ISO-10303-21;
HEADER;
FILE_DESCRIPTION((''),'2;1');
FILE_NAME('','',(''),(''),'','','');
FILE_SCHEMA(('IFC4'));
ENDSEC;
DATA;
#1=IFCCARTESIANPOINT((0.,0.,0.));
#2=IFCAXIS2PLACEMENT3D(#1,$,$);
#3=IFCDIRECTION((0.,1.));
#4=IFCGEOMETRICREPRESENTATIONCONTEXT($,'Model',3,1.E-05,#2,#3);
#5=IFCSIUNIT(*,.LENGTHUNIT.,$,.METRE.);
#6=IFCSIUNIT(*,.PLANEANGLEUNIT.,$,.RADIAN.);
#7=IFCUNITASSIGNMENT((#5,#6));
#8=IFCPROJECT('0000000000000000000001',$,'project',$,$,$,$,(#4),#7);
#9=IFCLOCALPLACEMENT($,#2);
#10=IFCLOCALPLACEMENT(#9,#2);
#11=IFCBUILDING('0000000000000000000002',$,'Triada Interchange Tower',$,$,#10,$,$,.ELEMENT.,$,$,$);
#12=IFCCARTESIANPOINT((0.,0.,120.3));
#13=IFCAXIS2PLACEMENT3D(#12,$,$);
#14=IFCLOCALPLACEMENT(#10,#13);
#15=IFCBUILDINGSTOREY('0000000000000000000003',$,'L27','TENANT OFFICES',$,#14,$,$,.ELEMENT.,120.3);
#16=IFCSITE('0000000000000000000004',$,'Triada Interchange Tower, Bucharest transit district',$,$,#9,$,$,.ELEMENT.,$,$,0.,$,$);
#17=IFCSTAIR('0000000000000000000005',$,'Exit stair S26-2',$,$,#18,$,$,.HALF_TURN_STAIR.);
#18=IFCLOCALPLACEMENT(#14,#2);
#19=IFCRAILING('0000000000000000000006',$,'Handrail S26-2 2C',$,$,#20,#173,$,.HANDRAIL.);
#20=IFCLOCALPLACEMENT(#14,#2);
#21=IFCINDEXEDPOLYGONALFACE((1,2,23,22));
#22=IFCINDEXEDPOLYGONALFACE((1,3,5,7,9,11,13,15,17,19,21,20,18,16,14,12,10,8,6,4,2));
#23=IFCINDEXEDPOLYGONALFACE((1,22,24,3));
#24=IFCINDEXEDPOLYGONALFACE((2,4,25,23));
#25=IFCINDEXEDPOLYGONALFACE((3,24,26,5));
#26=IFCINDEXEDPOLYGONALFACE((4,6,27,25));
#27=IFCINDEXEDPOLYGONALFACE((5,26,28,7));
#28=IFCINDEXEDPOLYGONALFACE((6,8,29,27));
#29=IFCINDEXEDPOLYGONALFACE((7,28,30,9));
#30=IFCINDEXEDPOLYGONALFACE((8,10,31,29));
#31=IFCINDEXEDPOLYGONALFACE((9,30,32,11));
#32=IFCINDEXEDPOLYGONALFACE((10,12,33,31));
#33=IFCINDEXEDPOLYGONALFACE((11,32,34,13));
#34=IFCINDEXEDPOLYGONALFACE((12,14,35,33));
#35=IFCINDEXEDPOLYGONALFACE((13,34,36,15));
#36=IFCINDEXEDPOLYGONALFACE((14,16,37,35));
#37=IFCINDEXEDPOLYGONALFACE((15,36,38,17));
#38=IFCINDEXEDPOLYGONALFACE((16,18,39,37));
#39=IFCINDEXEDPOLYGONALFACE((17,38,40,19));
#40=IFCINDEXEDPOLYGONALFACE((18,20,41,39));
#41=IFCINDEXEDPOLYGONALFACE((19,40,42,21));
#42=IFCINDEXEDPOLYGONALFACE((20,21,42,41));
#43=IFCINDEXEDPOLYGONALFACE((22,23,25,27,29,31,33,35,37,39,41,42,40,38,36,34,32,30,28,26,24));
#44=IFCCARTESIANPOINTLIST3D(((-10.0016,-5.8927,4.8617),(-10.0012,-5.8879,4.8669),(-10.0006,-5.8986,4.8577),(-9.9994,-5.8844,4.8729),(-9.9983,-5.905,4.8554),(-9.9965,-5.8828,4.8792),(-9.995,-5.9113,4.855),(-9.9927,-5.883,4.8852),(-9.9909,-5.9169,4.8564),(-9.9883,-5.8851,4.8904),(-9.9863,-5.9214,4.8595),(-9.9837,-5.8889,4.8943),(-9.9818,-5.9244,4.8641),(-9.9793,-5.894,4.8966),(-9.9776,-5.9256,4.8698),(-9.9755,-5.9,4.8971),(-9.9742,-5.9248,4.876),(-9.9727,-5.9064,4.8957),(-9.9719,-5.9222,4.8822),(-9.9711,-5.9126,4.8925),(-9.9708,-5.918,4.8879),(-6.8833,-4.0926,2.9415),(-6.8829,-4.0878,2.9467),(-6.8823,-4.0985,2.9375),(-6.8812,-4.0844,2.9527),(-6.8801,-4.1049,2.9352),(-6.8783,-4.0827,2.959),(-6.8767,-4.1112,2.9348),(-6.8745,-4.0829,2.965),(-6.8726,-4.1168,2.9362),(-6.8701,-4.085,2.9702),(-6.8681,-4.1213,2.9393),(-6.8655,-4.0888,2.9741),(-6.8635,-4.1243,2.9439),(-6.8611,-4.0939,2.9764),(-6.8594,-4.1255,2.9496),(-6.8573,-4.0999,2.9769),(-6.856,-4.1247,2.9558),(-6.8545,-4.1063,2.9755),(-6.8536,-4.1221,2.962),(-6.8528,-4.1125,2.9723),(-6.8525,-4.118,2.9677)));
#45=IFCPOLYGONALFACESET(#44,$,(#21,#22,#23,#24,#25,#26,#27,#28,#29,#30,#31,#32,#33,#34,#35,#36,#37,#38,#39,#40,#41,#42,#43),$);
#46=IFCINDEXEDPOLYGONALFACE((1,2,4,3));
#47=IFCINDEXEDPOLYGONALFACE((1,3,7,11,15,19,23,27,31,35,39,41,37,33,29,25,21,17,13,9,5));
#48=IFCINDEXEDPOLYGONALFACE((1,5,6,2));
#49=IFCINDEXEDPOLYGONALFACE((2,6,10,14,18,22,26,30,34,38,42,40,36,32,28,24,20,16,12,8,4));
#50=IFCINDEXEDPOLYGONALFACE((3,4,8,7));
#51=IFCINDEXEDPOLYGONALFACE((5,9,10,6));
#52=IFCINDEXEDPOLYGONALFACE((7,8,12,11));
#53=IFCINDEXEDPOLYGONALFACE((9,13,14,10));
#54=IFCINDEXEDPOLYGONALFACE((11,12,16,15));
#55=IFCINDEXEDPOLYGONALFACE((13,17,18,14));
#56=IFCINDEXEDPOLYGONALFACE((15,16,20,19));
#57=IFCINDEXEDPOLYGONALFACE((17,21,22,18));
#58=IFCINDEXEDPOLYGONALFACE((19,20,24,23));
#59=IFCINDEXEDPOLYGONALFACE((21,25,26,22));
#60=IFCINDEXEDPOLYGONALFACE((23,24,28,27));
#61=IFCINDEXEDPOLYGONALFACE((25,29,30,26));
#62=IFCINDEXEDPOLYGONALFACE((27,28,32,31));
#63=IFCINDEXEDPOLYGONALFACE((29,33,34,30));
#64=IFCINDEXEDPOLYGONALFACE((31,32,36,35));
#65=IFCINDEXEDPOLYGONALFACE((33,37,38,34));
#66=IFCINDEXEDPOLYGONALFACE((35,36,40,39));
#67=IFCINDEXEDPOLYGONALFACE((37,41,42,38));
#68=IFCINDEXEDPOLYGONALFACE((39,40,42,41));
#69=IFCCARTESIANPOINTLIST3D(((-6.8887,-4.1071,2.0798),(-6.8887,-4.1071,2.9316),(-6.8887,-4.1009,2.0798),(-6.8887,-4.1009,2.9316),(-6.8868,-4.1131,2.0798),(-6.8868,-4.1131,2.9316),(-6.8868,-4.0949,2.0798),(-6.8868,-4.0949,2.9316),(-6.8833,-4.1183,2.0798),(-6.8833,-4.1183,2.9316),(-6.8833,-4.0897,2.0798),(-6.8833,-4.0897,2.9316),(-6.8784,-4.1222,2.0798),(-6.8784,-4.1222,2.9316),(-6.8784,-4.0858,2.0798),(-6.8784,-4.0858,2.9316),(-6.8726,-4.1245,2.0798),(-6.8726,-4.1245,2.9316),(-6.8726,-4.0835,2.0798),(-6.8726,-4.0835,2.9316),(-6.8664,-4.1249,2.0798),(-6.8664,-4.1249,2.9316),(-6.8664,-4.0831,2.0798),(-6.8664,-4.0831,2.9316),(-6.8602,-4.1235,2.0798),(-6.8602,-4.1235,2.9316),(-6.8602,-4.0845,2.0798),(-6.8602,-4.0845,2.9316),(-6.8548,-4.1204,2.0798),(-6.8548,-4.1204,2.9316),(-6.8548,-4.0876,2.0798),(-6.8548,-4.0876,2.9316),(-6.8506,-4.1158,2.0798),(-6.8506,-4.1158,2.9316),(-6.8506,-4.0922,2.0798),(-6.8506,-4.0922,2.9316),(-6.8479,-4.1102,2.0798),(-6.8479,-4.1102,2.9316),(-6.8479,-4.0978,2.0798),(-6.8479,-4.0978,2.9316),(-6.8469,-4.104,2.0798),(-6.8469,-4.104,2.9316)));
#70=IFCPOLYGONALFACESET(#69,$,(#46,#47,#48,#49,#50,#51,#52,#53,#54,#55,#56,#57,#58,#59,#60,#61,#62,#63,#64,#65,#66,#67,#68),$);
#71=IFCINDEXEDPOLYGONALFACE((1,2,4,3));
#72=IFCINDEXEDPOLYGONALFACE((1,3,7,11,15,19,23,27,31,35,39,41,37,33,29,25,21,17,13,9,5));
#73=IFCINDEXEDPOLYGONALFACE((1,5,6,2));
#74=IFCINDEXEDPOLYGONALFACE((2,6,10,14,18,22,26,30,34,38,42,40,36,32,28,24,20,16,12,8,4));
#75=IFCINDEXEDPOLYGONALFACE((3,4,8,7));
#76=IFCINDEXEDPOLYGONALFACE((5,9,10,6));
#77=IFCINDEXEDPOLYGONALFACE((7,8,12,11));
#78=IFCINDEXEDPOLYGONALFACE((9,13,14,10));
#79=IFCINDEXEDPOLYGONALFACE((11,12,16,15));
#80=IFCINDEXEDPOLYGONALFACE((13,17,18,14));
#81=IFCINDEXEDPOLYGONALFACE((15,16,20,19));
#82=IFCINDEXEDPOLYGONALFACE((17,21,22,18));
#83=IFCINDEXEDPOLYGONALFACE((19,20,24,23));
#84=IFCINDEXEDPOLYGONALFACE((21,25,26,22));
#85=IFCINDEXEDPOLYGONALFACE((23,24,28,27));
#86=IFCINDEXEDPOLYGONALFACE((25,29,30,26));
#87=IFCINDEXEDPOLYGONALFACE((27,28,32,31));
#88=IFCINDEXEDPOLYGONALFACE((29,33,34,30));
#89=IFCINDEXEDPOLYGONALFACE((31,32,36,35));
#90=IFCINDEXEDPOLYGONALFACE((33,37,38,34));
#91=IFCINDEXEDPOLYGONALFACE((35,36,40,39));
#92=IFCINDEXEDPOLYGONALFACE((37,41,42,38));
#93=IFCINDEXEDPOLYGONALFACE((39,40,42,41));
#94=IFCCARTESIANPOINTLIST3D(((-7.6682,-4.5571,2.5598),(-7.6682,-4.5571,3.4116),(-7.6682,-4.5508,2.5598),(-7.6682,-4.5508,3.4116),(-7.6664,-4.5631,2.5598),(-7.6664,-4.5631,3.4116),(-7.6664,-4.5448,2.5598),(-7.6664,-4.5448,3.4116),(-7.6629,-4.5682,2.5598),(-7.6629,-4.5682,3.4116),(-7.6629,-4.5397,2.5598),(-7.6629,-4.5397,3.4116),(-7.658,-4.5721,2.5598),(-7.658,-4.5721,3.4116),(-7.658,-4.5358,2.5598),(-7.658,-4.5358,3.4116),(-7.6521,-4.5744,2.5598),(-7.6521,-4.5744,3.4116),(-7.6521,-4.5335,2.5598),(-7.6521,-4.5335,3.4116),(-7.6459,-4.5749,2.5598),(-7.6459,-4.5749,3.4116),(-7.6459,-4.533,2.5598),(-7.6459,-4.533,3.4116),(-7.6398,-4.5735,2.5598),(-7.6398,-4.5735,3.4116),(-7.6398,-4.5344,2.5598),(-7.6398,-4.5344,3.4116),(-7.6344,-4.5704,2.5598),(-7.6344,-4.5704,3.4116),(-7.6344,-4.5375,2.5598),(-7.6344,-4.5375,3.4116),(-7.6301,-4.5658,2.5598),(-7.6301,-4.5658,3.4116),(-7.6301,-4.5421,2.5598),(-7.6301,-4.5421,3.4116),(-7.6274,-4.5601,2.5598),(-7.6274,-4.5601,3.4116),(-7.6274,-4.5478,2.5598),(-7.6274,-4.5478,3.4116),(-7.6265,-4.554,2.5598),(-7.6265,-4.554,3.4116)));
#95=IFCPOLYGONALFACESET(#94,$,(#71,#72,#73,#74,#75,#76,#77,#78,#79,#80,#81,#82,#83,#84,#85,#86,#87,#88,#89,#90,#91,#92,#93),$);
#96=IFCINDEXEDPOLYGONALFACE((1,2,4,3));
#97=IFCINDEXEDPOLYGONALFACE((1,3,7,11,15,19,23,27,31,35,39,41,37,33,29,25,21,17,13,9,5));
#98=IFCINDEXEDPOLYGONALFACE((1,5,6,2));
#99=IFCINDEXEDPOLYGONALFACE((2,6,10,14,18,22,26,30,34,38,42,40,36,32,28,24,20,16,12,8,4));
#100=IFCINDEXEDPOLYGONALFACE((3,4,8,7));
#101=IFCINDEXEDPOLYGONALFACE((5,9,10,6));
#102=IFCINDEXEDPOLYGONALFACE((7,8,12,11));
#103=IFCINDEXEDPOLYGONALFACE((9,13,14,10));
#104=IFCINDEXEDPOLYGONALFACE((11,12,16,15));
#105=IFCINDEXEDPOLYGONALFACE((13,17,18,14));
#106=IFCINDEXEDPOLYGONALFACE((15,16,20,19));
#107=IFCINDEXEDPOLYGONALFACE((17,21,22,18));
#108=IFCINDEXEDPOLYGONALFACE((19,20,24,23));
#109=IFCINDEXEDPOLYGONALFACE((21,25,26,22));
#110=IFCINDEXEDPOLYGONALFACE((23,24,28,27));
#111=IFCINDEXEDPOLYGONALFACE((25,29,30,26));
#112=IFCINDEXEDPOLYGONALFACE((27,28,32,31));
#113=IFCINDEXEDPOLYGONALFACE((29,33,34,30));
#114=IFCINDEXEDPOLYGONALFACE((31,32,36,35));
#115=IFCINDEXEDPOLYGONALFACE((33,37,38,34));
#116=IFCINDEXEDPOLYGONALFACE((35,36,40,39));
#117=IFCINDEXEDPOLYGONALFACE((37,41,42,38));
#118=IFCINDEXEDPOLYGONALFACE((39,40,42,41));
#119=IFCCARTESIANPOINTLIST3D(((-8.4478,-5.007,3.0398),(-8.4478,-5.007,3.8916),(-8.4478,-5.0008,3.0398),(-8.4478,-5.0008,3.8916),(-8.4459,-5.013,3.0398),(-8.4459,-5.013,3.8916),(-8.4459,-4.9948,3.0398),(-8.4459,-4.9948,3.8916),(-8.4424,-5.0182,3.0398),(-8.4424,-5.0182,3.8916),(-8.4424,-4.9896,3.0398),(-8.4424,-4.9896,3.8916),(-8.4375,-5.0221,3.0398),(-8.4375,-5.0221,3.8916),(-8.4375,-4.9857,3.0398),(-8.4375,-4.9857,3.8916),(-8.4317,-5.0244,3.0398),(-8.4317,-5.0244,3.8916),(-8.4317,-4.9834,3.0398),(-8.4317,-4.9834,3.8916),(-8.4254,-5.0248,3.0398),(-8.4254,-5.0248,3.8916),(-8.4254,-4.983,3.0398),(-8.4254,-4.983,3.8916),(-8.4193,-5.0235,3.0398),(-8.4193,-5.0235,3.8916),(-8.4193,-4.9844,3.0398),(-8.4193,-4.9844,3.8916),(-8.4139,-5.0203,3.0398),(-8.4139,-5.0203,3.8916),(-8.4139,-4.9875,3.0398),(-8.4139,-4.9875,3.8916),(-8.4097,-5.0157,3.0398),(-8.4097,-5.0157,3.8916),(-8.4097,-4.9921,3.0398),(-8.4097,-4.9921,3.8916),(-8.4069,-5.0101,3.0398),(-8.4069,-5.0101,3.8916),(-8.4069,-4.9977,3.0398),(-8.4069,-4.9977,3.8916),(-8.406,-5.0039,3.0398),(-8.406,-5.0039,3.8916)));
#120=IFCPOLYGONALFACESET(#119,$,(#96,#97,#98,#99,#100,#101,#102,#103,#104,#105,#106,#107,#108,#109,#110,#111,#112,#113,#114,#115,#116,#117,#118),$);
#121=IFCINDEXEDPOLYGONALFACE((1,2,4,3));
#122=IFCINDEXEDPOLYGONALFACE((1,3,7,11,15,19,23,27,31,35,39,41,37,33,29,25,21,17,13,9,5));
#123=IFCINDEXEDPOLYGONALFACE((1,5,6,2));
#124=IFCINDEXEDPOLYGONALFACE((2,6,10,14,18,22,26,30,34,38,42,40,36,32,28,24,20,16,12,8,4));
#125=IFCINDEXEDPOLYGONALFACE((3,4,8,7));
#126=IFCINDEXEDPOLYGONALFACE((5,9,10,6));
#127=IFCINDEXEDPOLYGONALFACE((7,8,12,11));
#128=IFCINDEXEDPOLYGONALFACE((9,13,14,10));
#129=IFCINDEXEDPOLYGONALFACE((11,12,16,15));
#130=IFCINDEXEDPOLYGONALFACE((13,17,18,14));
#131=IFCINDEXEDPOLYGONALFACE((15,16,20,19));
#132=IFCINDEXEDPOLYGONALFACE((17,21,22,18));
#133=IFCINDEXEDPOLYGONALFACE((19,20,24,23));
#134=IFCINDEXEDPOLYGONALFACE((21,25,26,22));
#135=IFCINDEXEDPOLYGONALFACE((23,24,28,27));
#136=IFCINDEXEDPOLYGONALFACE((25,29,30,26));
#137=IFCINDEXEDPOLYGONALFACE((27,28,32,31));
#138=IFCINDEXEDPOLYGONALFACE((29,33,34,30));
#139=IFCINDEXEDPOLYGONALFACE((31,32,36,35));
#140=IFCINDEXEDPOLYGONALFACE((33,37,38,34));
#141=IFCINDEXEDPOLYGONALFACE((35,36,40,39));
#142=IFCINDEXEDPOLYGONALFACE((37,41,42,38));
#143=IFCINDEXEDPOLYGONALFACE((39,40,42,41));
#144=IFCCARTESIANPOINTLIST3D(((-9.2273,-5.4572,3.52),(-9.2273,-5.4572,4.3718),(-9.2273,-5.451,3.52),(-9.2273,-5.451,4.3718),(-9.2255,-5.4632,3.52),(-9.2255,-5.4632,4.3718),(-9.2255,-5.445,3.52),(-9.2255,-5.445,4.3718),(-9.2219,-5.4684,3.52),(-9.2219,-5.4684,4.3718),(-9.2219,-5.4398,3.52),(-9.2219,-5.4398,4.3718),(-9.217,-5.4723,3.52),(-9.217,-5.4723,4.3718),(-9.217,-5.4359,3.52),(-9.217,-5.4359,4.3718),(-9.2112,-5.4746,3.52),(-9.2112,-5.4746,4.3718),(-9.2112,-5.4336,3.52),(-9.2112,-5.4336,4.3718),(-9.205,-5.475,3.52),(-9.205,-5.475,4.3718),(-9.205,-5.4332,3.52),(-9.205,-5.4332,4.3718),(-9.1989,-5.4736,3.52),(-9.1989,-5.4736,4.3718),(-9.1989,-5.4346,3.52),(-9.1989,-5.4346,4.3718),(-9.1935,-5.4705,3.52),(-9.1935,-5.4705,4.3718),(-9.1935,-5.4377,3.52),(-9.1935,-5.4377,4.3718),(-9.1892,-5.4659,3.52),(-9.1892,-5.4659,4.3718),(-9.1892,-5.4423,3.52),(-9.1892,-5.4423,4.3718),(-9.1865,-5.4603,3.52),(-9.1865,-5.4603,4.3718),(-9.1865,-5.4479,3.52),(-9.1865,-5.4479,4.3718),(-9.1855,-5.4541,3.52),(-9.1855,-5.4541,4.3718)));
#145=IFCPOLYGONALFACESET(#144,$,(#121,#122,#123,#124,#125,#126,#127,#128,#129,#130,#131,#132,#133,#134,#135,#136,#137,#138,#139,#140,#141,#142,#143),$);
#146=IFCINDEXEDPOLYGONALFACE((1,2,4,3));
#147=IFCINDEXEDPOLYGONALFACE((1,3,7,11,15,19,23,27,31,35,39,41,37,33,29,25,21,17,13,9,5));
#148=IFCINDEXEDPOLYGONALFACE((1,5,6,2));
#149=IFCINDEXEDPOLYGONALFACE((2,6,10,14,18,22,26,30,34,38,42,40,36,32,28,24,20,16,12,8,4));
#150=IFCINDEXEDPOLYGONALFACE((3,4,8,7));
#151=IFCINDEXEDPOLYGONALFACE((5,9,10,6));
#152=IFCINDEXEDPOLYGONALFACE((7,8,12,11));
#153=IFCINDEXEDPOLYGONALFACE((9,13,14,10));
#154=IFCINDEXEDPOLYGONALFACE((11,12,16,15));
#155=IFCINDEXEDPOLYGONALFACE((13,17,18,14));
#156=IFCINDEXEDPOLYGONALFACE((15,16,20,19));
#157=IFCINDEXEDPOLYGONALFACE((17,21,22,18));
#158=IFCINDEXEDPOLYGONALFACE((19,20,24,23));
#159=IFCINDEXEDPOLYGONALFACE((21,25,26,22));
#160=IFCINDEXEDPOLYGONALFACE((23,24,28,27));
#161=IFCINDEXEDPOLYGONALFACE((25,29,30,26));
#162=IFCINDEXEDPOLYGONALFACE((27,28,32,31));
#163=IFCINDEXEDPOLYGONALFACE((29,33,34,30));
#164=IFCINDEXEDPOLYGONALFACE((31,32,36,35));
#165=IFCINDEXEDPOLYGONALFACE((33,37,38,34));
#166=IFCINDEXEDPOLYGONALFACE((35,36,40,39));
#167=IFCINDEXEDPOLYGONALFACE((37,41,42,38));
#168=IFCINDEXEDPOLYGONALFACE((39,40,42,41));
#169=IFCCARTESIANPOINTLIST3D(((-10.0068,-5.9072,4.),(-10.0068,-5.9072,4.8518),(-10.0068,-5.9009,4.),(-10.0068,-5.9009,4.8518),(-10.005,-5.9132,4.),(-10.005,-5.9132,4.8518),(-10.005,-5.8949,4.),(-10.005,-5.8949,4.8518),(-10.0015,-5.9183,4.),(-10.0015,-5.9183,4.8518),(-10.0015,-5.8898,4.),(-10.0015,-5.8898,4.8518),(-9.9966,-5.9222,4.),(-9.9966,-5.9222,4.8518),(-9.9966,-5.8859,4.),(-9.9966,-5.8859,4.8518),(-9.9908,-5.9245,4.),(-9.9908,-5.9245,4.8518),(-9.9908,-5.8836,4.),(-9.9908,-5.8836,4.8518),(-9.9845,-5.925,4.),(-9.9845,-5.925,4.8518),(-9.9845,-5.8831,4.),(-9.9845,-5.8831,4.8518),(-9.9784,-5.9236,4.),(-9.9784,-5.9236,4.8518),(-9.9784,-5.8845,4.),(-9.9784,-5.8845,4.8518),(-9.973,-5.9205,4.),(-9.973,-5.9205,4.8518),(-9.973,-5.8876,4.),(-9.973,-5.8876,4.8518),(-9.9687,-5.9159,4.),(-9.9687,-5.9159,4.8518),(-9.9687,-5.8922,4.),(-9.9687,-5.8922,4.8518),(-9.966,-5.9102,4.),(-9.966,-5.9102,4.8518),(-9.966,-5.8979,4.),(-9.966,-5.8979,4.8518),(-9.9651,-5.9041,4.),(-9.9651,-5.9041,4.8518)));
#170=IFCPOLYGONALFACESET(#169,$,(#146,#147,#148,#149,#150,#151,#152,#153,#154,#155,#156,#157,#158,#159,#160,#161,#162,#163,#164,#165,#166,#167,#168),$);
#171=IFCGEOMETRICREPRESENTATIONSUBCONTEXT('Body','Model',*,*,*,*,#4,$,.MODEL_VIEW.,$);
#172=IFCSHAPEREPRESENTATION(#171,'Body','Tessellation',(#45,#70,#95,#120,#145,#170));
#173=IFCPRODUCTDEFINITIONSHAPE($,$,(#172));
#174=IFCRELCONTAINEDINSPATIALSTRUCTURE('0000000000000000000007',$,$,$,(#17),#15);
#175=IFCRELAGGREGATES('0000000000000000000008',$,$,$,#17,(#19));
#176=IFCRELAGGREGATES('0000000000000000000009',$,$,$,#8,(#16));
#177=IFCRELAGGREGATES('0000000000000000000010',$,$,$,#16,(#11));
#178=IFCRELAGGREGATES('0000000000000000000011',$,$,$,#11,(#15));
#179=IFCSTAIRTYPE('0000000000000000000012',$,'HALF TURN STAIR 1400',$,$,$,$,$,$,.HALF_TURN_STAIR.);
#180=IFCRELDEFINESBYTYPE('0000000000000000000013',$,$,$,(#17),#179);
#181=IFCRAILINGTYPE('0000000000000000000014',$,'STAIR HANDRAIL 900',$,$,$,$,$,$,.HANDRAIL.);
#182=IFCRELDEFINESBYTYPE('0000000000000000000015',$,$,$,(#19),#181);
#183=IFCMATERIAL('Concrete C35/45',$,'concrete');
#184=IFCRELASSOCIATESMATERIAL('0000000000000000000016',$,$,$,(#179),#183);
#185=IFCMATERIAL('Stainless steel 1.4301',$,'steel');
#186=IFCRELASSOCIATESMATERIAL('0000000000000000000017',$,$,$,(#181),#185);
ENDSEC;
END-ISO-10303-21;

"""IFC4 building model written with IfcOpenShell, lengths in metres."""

from ifc_helpers import new_model, si_unit, direction, frame, origin, origin_2d, place, context, subcontext, project, spatial, circle, extrude, material, type_object, element, aggregate, save


model = new_model("IFC4")

# Units and contexts
model_context = context("Model", 3, precision=1e-05, world=origin(), true_north=direction((0.0, 1.0)))
body_context = subcontext(model_context, "Body", "Model", "MODEL_VIEW")
ifc_project = project(units=[si_unit("LENGTHUNIT", "METRE"), si_unit("PLANEANGLEUNIT", "RADIAN")], contexts=[model_context])

# Site, building, storey
site_placement = place(None, origin())
site = spatial("IfcSite", under=ifc_project, at=site_placement, Name="Triada Interchange Tower, Bucharest transit district", CompositionType="ELEMENT", RefElevation=0.0)
building_placement = place(site_placement, origin())
building = spatial("IfcBuilding", under=site, at=building_placement, Name="Triada Interchange Tower", CompositionType="ELEMENT")
storey_placement = place(building_placement, frame((0.0, 0.0, 120.3)))
storey = spatial("IfcBuildingStorey", under=building, at=storey_placement, Name="L27", Description="TENANT OFFICES", CompositionType="ELEMENT", Elevation=120.3)

# Stair, railing
ifc_material_1 = material(Name="Concrete C35/45", Category="concrete")
stair_type = type_object("IfcStairType", Name="HALF TURN STAIR 1400", PredefinedType="HALF_TURN_STAIR", material=ifc_material_1)
stair_placement = place(storey_placement, origin())
stair = element("IfcStair", 1, at=stair_placement, inside=storey, type_object=stair_type, Name="Exit stair S26-2", PredefinedType="HALF_TURN_STAIR")
ifc_material_2 = material(Name="Stainless steel 1.4301", Category="steel")
railing_type = type_object("IfcRailingType", Name="STAIR HANDRAIL 900", PredefinedType="HANDRAIL", material=ifc_material_2)
railing_1_placement = place(storey_placement, frame((-6.8679, -4.104, 2.0798)))
railing_1 = element("IfcRailing", 2, at=railing_1_placement, type_object=railing_type, Name="Handrail S26-2 2C", PredefinedType="HANDRAIL", context=body_context, shape_type="SweptSolid", body=[
    extrude(circle(Radius=0.0239, at=origin_2d()), frame((0.0, 0.0, 0.876), z_axis=(-0.76417, -0.441139, 0.470576), x_axis=(0.499953, -0.866052, 0.0)), (0.0, 0.0, 1.0), 4.0806),
    extrude(circle(Radius=0.021, at=origin_2d()), origin(), (0.0, 0.0, 1.0), 0.8518),
    extrude(circle(Radius=0.021, at=origin_2d()), frame((-0.7795, -0.45, 0.48)), (0.0, 0.0, 1.0), 0.8518),
    extrude(circle(Radius=0.021, at=origin_2d()), frame((-1.5591, -0.8999, 0.96)), (0.0, 0.0, 1.0), 0.8518),
    extrude(circle(Radius=0.021, at=origin_2d()), frame((-2.3386, -1.3501, 1.4402)), (0.0, 0.0, 1.0), 0.8518),
    extrude(circle(Radius=0.021, at=origin_2d()), frame((-3.1182, -1.8, 1.9202)), (0.0, 0.0, 1.0), 0.8518),
])
aggregate(stair, [railing_1])

save(model, "model.ifc")
